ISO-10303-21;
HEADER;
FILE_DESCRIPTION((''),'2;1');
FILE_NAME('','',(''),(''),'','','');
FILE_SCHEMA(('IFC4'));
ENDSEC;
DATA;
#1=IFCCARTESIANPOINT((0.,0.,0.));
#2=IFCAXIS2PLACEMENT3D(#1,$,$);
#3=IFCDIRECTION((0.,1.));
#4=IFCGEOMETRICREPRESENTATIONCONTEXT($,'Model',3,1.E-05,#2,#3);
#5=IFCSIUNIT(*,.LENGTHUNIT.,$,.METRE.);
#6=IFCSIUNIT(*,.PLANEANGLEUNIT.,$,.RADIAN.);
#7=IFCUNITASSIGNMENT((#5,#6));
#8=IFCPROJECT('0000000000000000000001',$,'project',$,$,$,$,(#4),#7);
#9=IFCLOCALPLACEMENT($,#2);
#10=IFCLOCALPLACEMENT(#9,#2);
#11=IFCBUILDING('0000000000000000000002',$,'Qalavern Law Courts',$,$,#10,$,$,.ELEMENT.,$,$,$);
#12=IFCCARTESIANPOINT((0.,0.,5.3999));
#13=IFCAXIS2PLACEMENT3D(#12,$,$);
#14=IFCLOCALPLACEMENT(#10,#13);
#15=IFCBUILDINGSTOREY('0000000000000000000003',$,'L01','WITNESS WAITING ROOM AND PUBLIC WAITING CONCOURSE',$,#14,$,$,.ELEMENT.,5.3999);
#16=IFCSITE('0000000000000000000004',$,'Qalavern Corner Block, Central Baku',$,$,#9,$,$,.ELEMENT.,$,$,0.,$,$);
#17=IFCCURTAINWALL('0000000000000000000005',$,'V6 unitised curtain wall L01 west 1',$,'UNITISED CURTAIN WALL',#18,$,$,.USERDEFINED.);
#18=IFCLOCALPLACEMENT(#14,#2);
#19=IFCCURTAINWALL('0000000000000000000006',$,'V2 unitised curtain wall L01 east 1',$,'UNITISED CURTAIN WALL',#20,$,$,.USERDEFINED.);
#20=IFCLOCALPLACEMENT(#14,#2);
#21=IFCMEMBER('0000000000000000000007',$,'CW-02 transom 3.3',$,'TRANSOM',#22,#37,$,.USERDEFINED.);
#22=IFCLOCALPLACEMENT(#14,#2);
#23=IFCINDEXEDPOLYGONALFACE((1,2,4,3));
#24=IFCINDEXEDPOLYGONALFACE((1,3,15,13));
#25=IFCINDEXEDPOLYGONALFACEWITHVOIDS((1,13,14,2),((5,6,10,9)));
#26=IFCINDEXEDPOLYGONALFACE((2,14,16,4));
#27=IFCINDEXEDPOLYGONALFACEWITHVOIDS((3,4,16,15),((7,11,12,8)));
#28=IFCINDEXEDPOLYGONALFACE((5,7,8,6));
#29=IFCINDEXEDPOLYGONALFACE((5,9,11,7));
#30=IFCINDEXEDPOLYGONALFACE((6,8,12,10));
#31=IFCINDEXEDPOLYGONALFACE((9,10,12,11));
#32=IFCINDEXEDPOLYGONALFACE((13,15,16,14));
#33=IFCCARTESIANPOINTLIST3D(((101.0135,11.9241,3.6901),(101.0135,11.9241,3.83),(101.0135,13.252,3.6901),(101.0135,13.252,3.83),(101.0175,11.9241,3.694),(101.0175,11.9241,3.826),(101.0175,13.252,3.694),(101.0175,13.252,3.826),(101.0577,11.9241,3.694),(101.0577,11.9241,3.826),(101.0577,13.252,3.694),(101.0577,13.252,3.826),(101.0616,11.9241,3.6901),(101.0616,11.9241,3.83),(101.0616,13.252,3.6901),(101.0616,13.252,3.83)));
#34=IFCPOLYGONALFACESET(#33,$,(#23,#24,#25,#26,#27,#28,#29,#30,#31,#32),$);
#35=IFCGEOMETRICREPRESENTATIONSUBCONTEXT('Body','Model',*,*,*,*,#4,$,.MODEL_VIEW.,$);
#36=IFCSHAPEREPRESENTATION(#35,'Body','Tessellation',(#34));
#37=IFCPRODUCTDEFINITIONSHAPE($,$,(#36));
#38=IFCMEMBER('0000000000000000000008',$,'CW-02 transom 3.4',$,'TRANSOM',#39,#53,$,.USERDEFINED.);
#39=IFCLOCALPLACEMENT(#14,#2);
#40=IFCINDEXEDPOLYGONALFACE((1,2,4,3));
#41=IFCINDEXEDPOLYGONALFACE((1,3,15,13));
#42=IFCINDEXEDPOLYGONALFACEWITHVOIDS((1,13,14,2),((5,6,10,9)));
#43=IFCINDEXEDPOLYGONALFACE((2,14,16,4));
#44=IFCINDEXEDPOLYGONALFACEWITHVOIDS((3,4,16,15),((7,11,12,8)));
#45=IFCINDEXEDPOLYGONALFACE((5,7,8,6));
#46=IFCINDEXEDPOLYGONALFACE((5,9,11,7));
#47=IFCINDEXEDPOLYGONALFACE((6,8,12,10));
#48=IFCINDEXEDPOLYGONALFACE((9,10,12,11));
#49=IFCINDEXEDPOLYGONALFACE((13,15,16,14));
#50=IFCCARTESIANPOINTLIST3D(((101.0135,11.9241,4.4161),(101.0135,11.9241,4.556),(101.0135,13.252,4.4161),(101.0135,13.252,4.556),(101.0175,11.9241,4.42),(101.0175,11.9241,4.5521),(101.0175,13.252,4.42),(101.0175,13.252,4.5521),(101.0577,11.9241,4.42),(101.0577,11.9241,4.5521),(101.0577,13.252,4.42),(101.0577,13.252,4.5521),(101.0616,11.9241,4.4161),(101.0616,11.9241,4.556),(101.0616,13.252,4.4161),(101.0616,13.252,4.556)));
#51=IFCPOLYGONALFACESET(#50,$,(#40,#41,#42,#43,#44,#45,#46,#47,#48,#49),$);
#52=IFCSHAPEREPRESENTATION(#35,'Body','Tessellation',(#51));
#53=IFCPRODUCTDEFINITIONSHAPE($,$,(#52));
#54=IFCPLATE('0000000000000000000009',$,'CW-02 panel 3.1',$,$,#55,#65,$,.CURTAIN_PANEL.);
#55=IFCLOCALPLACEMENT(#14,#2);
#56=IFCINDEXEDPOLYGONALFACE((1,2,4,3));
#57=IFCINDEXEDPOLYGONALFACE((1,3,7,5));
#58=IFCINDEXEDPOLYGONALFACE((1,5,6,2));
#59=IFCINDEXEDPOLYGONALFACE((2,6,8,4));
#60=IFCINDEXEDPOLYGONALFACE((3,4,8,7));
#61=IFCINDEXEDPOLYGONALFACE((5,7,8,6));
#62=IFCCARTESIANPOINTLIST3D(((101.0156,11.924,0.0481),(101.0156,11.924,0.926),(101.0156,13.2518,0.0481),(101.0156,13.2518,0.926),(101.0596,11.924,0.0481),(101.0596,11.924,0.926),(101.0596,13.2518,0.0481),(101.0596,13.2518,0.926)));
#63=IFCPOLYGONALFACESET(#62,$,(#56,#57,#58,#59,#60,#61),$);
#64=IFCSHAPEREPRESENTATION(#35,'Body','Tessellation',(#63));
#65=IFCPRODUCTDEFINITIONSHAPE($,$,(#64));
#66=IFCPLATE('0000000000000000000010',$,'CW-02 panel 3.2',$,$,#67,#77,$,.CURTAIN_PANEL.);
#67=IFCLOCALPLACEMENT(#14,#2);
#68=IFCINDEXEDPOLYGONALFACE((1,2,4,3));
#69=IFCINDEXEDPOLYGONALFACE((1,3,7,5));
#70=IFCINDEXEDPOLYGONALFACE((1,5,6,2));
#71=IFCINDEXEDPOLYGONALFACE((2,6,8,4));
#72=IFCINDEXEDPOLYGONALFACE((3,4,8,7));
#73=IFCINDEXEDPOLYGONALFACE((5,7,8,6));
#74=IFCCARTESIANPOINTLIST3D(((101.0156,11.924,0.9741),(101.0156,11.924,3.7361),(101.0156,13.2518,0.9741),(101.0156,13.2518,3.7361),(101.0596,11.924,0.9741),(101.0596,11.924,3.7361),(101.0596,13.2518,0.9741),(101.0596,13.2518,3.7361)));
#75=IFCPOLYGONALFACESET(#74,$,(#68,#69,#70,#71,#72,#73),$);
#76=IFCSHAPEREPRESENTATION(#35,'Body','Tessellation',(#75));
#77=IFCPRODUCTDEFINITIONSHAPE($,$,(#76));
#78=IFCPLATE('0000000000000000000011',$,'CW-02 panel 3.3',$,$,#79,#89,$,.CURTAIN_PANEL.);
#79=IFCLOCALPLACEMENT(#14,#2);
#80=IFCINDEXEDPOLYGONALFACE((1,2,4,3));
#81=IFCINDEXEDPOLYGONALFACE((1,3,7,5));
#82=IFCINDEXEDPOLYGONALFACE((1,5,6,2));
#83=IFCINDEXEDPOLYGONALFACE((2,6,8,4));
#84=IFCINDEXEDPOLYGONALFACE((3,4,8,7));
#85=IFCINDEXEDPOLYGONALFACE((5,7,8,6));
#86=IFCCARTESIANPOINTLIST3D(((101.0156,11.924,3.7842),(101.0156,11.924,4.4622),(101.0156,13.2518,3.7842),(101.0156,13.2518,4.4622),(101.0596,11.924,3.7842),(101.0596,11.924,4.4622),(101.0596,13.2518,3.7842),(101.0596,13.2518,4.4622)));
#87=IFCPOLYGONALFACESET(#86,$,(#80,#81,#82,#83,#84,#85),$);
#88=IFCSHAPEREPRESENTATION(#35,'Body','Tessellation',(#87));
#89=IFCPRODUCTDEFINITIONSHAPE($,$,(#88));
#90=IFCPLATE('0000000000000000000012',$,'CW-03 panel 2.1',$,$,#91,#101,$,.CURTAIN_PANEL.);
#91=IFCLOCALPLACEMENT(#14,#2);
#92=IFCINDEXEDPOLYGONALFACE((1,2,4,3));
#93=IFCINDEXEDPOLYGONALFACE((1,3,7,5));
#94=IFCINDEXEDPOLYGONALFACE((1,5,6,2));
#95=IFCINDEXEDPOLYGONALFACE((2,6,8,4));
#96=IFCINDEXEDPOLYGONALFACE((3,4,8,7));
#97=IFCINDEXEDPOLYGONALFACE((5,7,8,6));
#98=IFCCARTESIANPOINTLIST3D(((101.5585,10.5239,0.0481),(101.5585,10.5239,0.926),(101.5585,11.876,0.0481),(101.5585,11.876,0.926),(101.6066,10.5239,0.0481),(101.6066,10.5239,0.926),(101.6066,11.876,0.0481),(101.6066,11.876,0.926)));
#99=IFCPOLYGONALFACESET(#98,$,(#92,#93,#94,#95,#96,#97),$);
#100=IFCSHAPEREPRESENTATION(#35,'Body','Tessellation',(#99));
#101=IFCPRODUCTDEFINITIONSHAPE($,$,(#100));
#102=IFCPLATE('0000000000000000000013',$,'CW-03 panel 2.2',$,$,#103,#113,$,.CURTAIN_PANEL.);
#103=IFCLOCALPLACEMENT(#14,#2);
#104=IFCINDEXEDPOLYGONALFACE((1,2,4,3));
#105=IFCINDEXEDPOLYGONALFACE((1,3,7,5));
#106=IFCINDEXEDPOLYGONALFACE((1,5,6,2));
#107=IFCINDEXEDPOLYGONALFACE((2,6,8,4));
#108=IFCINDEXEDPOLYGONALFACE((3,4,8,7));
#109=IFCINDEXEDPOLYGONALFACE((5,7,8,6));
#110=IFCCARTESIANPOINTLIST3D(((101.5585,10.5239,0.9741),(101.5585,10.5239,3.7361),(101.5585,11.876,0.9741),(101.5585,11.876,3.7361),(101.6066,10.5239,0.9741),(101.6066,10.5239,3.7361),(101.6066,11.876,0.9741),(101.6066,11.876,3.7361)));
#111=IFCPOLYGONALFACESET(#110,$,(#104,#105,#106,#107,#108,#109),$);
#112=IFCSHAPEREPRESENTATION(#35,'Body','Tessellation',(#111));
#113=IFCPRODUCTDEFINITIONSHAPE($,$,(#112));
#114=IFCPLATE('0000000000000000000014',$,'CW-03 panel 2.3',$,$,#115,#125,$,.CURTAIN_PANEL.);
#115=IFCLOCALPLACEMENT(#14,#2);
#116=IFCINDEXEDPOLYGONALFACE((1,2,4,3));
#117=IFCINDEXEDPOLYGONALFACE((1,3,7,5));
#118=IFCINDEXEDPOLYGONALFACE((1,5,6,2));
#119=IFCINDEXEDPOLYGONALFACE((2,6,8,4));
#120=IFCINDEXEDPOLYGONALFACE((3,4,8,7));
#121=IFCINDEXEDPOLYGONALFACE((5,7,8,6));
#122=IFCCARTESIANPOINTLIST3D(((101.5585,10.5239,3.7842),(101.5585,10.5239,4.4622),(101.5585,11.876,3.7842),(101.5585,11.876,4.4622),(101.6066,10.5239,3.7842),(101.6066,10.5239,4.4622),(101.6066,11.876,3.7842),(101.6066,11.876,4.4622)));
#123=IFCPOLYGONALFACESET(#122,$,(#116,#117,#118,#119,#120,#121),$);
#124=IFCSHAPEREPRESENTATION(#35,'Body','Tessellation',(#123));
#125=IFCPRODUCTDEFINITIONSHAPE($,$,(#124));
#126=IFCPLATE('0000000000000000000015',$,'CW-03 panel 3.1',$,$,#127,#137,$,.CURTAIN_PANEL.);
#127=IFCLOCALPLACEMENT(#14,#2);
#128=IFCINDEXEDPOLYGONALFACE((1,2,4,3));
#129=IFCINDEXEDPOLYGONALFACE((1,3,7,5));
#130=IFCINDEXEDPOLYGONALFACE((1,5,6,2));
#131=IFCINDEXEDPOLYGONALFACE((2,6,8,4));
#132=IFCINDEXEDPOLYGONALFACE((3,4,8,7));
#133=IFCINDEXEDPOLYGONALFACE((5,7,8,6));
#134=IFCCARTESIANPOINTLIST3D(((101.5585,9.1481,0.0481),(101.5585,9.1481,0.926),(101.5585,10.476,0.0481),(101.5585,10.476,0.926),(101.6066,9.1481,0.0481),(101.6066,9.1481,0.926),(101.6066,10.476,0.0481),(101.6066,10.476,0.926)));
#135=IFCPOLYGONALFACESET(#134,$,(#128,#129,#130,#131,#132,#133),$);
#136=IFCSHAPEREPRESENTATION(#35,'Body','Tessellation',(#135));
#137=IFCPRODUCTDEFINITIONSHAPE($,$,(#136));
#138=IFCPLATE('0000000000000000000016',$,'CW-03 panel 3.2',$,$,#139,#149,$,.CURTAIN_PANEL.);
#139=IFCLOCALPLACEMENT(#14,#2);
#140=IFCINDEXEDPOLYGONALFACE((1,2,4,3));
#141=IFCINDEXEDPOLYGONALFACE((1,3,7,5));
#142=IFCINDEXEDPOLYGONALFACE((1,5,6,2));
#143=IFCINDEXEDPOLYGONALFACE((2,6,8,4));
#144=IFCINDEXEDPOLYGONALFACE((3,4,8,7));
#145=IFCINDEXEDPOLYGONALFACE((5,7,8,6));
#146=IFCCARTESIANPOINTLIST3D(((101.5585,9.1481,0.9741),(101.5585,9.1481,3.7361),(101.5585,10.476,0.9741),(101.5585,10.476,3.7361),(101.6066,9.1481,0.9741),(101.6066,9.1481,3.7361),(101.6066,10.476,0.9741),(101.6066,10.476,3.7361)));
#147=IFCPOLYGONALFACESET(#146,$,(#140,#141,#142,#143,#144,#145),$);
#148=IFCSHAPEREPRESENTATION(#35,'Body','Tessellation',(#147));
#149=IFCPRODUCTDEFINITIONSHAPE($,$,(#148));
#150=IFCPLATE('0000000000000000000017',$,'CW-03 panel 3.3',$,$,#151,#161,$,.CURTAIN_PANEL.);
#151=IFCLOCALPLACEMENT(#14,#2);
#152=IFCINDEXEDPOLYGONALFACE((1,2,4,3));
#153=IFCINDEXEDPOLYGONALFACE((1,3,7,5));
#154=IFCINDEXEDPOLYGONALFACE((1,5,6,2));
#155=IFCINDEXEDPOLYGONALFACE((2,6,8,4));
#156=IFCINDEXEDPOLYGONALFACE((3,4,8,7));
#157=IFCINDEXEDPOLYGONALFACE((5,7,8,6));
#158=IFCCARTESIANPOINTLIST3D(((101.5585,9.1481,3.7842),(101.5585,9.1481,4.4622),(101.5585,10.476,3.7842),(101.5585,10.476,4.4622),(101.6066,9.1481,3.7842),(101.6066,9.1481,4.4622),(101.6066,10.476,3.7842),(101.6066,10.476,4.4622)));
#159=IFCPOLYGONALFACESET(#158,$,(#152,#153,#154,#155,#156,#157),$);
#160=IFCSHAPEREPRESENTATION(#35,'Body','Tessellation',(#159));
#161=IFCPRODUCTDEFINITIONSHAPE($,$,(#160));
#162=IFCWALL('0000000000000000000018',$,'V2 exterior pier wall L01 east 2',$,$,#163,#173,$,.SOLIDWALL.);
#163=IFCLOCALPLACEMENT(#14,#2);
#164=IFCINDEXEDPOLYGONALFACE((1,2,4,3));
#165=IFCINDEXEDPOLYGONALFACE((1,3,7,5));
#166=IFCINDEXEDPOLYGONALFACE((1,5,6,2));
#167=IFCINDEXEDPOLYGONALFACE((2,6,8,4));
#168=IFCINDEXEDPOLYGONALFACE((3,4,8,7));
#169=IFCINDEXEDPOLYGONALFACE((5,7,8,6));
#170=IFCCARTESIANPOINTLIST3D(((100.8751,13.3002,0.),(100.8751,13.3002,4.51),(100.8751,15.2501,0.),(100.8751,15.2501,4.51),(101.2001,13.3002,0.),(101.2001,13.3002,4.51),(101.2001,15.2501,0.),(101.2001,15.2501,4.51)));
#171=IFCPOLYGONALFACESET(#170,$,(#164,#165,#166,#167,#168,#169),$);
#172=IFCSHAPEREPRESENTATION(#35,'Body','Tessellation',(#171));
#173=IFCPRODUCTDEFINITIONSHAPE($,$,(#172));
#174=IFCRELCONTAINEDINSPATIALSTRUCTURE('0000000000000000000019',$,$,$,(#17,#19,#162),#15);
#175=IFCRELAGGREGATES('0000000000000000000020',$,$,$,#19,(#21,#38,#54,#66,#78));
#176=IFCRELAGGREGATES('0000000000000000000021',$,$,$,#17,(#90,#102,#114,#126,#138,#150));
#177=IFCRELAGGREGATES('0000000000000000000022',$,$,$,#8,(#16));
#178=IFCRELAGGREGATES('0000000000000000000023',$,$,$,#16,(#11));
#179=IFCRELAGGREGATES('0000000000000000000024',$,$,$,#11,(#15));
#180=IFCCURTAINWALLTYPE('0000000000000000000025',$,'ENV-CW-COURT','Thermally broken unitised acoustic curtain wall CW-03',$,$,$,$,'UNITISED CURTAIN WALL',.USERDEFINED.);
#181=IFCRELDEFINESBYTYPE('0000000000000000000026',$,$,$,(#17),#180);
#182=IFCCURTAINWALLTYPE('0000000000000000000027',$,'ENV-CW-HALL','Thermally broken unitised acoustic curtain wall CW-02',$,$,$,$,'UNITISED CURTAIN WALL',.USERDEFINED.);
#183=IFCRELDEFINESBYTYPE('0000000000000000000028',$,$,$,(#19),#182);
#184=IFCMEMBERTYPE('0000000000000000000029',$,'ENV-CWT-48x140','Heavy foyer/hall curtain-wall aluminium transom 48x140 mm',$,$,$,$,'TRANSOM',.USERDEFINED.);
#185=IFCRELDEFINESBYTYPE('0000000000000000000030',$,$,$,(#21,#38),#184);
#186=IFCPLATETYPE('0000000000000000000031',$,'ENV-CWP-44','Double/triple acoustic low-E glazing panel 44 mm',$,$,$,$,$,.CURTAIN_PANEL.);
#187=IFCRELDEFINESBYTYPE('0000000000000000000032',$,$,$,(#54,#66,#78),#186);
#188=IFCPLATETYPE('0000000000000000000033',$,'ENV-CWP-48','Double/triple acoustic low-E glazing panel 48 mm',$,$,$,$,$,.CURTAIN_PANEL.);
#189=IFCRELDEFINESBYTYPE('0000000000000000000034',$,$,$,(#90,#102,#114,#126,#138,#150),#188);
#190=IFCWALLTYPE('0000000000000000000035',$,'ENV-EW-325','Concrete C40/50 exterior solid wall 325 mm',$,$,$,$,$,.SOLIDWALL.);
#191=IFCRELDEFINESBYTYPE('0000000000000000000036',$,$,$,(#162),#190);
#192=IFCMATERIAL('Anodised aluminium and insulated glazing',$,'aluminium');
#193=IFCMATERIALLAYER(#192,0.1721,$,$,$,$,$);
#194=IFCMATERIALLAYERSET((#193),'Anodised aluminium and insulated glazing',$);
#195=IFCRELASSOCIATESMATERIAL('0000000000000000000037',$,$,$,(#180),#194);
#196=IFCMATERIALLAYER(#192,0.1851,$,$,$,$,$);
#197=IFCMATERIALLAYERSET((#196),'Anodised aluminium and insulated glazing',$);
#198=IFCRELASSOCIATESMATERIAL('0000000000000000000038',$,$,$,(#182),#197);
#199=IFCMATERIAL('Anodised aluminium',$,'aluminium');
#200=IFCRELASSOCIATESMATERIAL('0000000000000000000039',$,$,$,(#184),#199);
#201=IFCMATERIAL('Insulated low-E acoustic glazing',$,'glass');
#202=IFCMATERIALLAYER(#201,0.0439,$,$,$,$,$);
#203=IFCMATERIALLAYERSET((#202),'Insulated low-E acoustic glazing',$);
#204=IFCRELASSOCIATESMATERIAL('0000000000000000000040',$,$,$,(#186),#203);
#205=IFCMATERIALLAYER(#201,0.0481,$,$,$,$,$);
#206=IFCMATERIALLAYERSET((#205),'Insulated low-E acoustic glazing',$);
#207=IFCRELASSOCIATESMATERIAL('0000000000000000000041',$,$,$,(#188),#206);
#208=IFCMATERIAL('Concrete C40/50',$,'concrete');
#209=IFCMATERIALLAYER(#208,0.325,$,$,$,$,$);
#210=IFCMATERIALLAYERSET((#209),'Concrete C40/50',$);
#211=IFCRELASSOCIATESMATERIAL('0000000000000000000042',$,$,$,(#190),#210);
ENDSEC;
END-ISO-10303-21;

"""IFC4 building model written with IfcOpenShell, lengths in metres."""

from ifc_helpers import new_model, si_unit, direction, frame, frame_2d, origin, origin_2d, place, context, subcontext, project, spatial, rectangle, hollow_rectangle, extrude, material, layer, layer_set, material_profile, profile_set, type_object, element, aggregate, save


model = new_model("IFC4")

# Units and contexts
model_context = context("Model", 3, precision=1e-05, world=origin(), true_north=direction((0.0, 1.0)))
body_context = subcontext(model_context, "Body", "Model", "MODEL_VIEW")
ifc_project = project(units=[si_unit("LENGTHUNIT", "METRE"), si_unit("PLANEANGLEUNIT", "RADIAN")], contexts=[model_context])

# Site, building, storey
site_placement = place(None, origin())
site = spatial("IfcSite", under=ifc_project, at=site_placement, Name="Qalavern Corner Block, Central Baku", CompositionType="ELEMENT", RefElevation=0.0)
building_placement = place(site_placement, origin())
building = spatial("IfcBuilding", under=site, at=building_placement, Name="Qalavern Law Courts", CompositionType="ELEMENT")
storey_placement = place(building_placement, frame((0.0, 0.0, 5.3999)))
storey = spatial("IfcBuildingStorey", under=building, at=storey_placement, Name="L01", Description="WITNESS WAITING ROOM AND PUBLIC WAITING CONCOURSE", CompositionType="ELEMENT", Elevation=5.3999)

# Curtain walls
ifc_material_1 = material(Name="Anodised aluminium and insulated glazing", Category="aluminium")
ifc_layer_1 = layer(ifc_material_1, 0.1721)
ifc_layer_set_1 = layer_set([ifc_layer_1], Name="Anodised aluminium and insulated glazing")
curtain_wall_type_1 = type_object("IfcCurtainWallType", Name="ENV-CW-COURT", Description="Thermally broken unitised acoustic curtain wall CW-03", ElementType="UNITISED CURTAIN WALL", PredefinedType="USERDEFINED", material=ifc_layer_set_1)
curtain_wall_1_placement = place(storey_placement, origin())
curtain_wall_1 = element("IfcCurtainWall", 1, at=curtain_wall_1_placement, inside=storey, type_object=curtain_wall_type_1, Name="V6 unitised curtain wall L01 west 1", ObjectType="UNITISED CURTAIN WALL", PredefinedType="USERDEFINED")
ifc_material_2 = material(Name="Anodised aluminium", Category="aluminium")
ifc_layer_2 = layer(ifc_material_1, 0.1851)
ifc_layer_set_2 = layer_set([ifc_layer_2], Name="Anodised aluminium and insulated glazing")
curtain_wall_type_2 = type_object("IfcCurtainWallType", Name="ENV-CW-HALL", Description="Thermally broken unitised acoustic curtain wall CW-02", ElementType="UNITISED CURTAIN WALL", PredefinedType="USERDEFINED", material=ifc_layer_set_2)
curtain_wall_2_placement = place(storey_placement, origin())
curtain_wall_2 = element("IfcCurtainWall", 2, at=curtain_wall_2_placement, inside=storey, type_object=curtain_wall_type_2, Name="V2 unitised curtain wall L01 east 1", ObjectType="UNITISED CURTAIN WALL", PredefinedType="USERDEFINED")

# Members
ifc_material_profile_1 = material_profile(ifc_material_2, hollow_rectangle(XDim=0.0481, YDim=0.1399, WallThickness=0.0039, at=origin_2d()), Name="ALU TRANSOM 48x140")
ifc_profile_set_1 = profile_set([ifc_material_profile_1], Name="Anodised aluminium")
member_type_1 = type_object("IfcMemberType", Name="ENV-CWT-48x140", Description="Heavy foyer/hall curtain-wall aluminium transom 48x140 mm", ElementType="TRANSOM", PredefinedType="USERDEFINED", material=ifc_profile_set_1)
member_1_placement = place(storey_placement, frame((101.0376, 11.9241, 3.76), z_axis=(0.0, 1.0, 0.0), x_axis=(-1.0, 0.0, 0.0)))
member_1 = element("IfcMember", 3, at=member_1_placement, type_object=member_type_1, Name="CW-02 transom 3.3", ObjectType="TRANSOM", PredefinedType="USERDEFINED", context=body_context, shape_type="SweptSolid", body=[
    extrude(hollow_rectangle(XDim=0.0481, YDim=0.1399, WallThickness=0.0039, at=origin_2d()), origin(), (0.0, 0.0, 1.0), 1.3279),
])
member_2_placement = place(storey_placement, frame((101.0376, 11.9241, 4.4861), z_axis=(0.0, 1.0, 0.0), x_axis=(-1.0, 0.0, 0.0)))
member_2 = element("IfcMember", 4, at=member_2_placement, type_object=member_type_1, Name="CW-02 transom 3.4", ObjectType="TRANSOM", PredefinedType="USERDEFINED", context=body_context, shape_type="SweptSolid", body=[
    extrude(hollow_rectangle(XDim=0.0481, YDim=0.1399, WallThickness=0.0039, at=origin_2d()), origin(), (0.0, 0.0, 1.0), 1.3279),
])

# Plates
ifc_material_3 = material(Name="Insulated low-E acoustic glazing", Category="glass")
ifc_layer_3 = layer(ifc_material_3, 0.0439)
ifc_layer_set_3 = layer_set([ifc_layer_3], Name="Insulated low-E acoustic glazing")
plate_type_1 = type_object("IfcPlateType", Name="ENV-CWP-44", Description="Double/triple acoustic low-E glazing panel 44 mm", PredefinedType="CURTAIN_PANEL", material=ifc_layer_set_3)
plate_1_placement = place(storey_placement, frame((101.0376, 12.5879, 0.0481), z_axis=(0.0, 0.0, 1.0), x_axis=(0.0, 1.0, 0.0)))
plate_1 = element("IfcPlate", 5, at=plate_1_placement, type_object=plate_type_1, Name="CW-02 panel 3.1", PredefinedType="CURTAIN_PANEL", context=body_context, shape_type="SweptSolid", body=[
    extrude(rectangle(XDim=1.3279, YDim=0.0439, at=origin_2d()), origin(), (0.0, 0.0, 1.0), 0.8779),
])
plate_2_placement = place(storey_placement, frame((101.0376, 12.5879, 0.9741), z_axis=(0.0, 0.0, 1.0), x_axis=(0.0, 1.0, 0.0)))
plate_2 = element("IfcPlate", 6, at=plate_2_placement, type_object=plate_type_1, Name="CW-02 panel 3.2", PredefinedType="CURTAIN_PANEL", context=body_context, shape_type="SweptSolid", body=[
    extrude(rectangle(XDim=1.3279, YDim=0.0439, at=origin_2d()), origin(), (0.0, 0.0, 1.0), 2.762),
])
plate_3_placement = place(storey_placement, frame((101.0376, 12.5879, 3.7842), z_axis=(0.0, 0.0, 1.0), x_axis=(0.0, 1.0, 0.0)))
plate_3 = element("IfcPlate", 7, at=plate_3_placement, type_object=plate_type_1, Name="CW-02 panel 3.3", PredefinedType="CURTAIN_PANEL", context=body_context, shape_type="SweptSolid", body=[
    extrude(rectangle(XDim=1.3279, YDim=0.0439, at=origin_2d()), origin(), (0.0, 0.0, 1.0), 0.678),
])
aggregate(curtain_wall_2, [member_1, member_2, plate_1, plate_2, plate_3])
ifc_layer_4 = layer(ifc_material_3, 0.0481)
ifc_layer_set_4 = layer_set([ifc_layer_4], Name="Insulated low-E acoustic glazing")
plate_type_2 = type_object("IfcPlateType", Name="ENV-CWP-48", Description="Double/triple acoustic low-E glazing panel 48 mm", PredefinedType="CURTAIN_PANEL", material=ifc_layer_set_4)
plate_4_placement = place(storey_placement, frame((101.5825, 11.2, 0.0481), z_axis=(0.0, 0.0, 1.0), x_axis=(0.0, -1.0, 0.0)))
plate_4 = element("IfcPlate", 8, at=plate_4_placement, type_object=plate_type_2, Name="CW-03 panel 2.1", PredefinedType="CURTAIN_PANEL", context=body_context, shape_type="SweptSolid", body=[
    extrude(rectangle(XDim=1.3521, YDim=0.0481, at=origin_2d()), origin(), (0.0, 0.0, 1.0), 0.8779),
])
plate_5_placement = place(storey_placement, frame((101.5825, 11.2, 0.9741), z_axis=(0.0, 0.0, 1.0), x_axis=(0.0, -1.0, 0.0)))
plate_5 = element("IfcPlate", 9, at=plate_5_placement, type_object=plate_type_2, Name="CW-03 panel 2.2", PredefinedType="CURTAIN_PANEL", context=body_context, shape_type="SweptSolid", body=[
    extrude(rectangle(XDim=1.3521, YDim=0.0481, at=origin_2d()), origin(), (0.0, 0.0, 1.0), 2.762),
])
plate_6_placement = place(storey_placement, frame((101.5825, 11.2, 3.7842), z_axis=(0.0, 0.0, 1.0), x_axis=(0.0, -1.0, 0.0)))
plate_6 = element("IfcPlate", 10, at=plate_6_placement, type_object=plate_type_2, Name="CW-03 panel 2.3", PredefinedType="CURTAIN_PANEL", context=body_context, shape_type="SweptSolid", body=[
    extrude(rectangle(XDim=1.3521, YDim=0.0481, at=origin_2d()), origin(), (0.0, 0.0, 1.0), 0.678),
])
plate_7_placement = place(storey_placement, frame((101.5825, 9.812, 0.0481), z_axis=(0.0, 0.0, 1.0), x_axis=(0.0, -1.0, 0.0)))
plate_7 = element("IfcPlate", 11, at=plate_7_placement, type_object=plate_type_2, Name="CW-03 panel 3.1", PredefinedType="CURTAIN_PANEL", context=body_context, shape_type="SweptSolid", body=[
    extrude(rectangle(XDim=1.3279, YDim=0.0481, at=origin_2d()), origin(), (0.0, 0.0, 1.0), 0.8779),
])
plate_8_placement = place(storey_placement, frame((101.5825, 9.812, 0.9741), z_axis=(0.0, 0.0, 1.0), x_axis=(0.0, -1.0, 0.0)))
plate_8 = element("IfcPlate", 12, at=plate_8_placement, type_object=plate_type_2, Name="CW-03 panel 3.2", PredefinedType="CURTAIN_PANEL", context=body_context, shape_type="SweptSolid", body=[
    extrude(rectangle(XDim=1.3279, YDim=0.0481, at=origin_2d()), origin(), (0.0, 0.0, 1.0), 2.762),
])
plate_9_placement = place(storey_placement, frame((101.5825, 9.812, 3.7842), z_axis=(0.0, 0.0, 1.0), x_axis=(0.0, -1.0, 0.0)))
plate_9 = element("IfcPlate", 13, at=plate_9_placement, type_object=plate_type_2, Name="CW-03 panel 3.3", PredefinedType="CURTAIN_PANEL", context=body_context, shape_type="SweptSolid", body=[
    extrude(rectangle(XDim=1.3279, YDim=0.0481, at=origin_2d()), origin(), (0.0, 0.0, 1.0), 0.678),
])
aggregate(curtain_wall_1, [plate_4, plate_5, plate_6, plate_7, plate_8, plate_9])

# Wall
ifc_material_4 = material(Name="Concrete C40/50", Category="concrete")
ifc_layer_5 = layer(ifc_material_4, 0.325)
ifc_layer_set_5 = layer_set([ifc_layer_5], Name="Concrete C40/50")
wall_type = type_object("IfcWallType", Name="ENV-EW-325", Description="Concrete C40/50 exterior solid wall 325 mm", PredefinedType="SOLIDWALL", material=ifc_layer_set_5)
wall_placement = place(storey_placement, frame((101.0376, 13.3, 0.0), z_axis=(0.0, 0.0, 1.0), x_axis=(0.0, 1.0, 0.0)))
element("IfcWall", 14, at=wall_placement, inside=storey, type_object=wall_type, Name="V2 exterior pier wall L01 east 2", PredefinedType="SOLIDWALL", context=body_context, shape_type="SweptSolid", body=[
    extrude(rectangle(XDim=1.95, YDim=0.325, at=frame_2d((0.9751, 0.0))), origin(), (0.0, 0.0, 1.0), 4.51),
])

save(model, "model.ifc")
